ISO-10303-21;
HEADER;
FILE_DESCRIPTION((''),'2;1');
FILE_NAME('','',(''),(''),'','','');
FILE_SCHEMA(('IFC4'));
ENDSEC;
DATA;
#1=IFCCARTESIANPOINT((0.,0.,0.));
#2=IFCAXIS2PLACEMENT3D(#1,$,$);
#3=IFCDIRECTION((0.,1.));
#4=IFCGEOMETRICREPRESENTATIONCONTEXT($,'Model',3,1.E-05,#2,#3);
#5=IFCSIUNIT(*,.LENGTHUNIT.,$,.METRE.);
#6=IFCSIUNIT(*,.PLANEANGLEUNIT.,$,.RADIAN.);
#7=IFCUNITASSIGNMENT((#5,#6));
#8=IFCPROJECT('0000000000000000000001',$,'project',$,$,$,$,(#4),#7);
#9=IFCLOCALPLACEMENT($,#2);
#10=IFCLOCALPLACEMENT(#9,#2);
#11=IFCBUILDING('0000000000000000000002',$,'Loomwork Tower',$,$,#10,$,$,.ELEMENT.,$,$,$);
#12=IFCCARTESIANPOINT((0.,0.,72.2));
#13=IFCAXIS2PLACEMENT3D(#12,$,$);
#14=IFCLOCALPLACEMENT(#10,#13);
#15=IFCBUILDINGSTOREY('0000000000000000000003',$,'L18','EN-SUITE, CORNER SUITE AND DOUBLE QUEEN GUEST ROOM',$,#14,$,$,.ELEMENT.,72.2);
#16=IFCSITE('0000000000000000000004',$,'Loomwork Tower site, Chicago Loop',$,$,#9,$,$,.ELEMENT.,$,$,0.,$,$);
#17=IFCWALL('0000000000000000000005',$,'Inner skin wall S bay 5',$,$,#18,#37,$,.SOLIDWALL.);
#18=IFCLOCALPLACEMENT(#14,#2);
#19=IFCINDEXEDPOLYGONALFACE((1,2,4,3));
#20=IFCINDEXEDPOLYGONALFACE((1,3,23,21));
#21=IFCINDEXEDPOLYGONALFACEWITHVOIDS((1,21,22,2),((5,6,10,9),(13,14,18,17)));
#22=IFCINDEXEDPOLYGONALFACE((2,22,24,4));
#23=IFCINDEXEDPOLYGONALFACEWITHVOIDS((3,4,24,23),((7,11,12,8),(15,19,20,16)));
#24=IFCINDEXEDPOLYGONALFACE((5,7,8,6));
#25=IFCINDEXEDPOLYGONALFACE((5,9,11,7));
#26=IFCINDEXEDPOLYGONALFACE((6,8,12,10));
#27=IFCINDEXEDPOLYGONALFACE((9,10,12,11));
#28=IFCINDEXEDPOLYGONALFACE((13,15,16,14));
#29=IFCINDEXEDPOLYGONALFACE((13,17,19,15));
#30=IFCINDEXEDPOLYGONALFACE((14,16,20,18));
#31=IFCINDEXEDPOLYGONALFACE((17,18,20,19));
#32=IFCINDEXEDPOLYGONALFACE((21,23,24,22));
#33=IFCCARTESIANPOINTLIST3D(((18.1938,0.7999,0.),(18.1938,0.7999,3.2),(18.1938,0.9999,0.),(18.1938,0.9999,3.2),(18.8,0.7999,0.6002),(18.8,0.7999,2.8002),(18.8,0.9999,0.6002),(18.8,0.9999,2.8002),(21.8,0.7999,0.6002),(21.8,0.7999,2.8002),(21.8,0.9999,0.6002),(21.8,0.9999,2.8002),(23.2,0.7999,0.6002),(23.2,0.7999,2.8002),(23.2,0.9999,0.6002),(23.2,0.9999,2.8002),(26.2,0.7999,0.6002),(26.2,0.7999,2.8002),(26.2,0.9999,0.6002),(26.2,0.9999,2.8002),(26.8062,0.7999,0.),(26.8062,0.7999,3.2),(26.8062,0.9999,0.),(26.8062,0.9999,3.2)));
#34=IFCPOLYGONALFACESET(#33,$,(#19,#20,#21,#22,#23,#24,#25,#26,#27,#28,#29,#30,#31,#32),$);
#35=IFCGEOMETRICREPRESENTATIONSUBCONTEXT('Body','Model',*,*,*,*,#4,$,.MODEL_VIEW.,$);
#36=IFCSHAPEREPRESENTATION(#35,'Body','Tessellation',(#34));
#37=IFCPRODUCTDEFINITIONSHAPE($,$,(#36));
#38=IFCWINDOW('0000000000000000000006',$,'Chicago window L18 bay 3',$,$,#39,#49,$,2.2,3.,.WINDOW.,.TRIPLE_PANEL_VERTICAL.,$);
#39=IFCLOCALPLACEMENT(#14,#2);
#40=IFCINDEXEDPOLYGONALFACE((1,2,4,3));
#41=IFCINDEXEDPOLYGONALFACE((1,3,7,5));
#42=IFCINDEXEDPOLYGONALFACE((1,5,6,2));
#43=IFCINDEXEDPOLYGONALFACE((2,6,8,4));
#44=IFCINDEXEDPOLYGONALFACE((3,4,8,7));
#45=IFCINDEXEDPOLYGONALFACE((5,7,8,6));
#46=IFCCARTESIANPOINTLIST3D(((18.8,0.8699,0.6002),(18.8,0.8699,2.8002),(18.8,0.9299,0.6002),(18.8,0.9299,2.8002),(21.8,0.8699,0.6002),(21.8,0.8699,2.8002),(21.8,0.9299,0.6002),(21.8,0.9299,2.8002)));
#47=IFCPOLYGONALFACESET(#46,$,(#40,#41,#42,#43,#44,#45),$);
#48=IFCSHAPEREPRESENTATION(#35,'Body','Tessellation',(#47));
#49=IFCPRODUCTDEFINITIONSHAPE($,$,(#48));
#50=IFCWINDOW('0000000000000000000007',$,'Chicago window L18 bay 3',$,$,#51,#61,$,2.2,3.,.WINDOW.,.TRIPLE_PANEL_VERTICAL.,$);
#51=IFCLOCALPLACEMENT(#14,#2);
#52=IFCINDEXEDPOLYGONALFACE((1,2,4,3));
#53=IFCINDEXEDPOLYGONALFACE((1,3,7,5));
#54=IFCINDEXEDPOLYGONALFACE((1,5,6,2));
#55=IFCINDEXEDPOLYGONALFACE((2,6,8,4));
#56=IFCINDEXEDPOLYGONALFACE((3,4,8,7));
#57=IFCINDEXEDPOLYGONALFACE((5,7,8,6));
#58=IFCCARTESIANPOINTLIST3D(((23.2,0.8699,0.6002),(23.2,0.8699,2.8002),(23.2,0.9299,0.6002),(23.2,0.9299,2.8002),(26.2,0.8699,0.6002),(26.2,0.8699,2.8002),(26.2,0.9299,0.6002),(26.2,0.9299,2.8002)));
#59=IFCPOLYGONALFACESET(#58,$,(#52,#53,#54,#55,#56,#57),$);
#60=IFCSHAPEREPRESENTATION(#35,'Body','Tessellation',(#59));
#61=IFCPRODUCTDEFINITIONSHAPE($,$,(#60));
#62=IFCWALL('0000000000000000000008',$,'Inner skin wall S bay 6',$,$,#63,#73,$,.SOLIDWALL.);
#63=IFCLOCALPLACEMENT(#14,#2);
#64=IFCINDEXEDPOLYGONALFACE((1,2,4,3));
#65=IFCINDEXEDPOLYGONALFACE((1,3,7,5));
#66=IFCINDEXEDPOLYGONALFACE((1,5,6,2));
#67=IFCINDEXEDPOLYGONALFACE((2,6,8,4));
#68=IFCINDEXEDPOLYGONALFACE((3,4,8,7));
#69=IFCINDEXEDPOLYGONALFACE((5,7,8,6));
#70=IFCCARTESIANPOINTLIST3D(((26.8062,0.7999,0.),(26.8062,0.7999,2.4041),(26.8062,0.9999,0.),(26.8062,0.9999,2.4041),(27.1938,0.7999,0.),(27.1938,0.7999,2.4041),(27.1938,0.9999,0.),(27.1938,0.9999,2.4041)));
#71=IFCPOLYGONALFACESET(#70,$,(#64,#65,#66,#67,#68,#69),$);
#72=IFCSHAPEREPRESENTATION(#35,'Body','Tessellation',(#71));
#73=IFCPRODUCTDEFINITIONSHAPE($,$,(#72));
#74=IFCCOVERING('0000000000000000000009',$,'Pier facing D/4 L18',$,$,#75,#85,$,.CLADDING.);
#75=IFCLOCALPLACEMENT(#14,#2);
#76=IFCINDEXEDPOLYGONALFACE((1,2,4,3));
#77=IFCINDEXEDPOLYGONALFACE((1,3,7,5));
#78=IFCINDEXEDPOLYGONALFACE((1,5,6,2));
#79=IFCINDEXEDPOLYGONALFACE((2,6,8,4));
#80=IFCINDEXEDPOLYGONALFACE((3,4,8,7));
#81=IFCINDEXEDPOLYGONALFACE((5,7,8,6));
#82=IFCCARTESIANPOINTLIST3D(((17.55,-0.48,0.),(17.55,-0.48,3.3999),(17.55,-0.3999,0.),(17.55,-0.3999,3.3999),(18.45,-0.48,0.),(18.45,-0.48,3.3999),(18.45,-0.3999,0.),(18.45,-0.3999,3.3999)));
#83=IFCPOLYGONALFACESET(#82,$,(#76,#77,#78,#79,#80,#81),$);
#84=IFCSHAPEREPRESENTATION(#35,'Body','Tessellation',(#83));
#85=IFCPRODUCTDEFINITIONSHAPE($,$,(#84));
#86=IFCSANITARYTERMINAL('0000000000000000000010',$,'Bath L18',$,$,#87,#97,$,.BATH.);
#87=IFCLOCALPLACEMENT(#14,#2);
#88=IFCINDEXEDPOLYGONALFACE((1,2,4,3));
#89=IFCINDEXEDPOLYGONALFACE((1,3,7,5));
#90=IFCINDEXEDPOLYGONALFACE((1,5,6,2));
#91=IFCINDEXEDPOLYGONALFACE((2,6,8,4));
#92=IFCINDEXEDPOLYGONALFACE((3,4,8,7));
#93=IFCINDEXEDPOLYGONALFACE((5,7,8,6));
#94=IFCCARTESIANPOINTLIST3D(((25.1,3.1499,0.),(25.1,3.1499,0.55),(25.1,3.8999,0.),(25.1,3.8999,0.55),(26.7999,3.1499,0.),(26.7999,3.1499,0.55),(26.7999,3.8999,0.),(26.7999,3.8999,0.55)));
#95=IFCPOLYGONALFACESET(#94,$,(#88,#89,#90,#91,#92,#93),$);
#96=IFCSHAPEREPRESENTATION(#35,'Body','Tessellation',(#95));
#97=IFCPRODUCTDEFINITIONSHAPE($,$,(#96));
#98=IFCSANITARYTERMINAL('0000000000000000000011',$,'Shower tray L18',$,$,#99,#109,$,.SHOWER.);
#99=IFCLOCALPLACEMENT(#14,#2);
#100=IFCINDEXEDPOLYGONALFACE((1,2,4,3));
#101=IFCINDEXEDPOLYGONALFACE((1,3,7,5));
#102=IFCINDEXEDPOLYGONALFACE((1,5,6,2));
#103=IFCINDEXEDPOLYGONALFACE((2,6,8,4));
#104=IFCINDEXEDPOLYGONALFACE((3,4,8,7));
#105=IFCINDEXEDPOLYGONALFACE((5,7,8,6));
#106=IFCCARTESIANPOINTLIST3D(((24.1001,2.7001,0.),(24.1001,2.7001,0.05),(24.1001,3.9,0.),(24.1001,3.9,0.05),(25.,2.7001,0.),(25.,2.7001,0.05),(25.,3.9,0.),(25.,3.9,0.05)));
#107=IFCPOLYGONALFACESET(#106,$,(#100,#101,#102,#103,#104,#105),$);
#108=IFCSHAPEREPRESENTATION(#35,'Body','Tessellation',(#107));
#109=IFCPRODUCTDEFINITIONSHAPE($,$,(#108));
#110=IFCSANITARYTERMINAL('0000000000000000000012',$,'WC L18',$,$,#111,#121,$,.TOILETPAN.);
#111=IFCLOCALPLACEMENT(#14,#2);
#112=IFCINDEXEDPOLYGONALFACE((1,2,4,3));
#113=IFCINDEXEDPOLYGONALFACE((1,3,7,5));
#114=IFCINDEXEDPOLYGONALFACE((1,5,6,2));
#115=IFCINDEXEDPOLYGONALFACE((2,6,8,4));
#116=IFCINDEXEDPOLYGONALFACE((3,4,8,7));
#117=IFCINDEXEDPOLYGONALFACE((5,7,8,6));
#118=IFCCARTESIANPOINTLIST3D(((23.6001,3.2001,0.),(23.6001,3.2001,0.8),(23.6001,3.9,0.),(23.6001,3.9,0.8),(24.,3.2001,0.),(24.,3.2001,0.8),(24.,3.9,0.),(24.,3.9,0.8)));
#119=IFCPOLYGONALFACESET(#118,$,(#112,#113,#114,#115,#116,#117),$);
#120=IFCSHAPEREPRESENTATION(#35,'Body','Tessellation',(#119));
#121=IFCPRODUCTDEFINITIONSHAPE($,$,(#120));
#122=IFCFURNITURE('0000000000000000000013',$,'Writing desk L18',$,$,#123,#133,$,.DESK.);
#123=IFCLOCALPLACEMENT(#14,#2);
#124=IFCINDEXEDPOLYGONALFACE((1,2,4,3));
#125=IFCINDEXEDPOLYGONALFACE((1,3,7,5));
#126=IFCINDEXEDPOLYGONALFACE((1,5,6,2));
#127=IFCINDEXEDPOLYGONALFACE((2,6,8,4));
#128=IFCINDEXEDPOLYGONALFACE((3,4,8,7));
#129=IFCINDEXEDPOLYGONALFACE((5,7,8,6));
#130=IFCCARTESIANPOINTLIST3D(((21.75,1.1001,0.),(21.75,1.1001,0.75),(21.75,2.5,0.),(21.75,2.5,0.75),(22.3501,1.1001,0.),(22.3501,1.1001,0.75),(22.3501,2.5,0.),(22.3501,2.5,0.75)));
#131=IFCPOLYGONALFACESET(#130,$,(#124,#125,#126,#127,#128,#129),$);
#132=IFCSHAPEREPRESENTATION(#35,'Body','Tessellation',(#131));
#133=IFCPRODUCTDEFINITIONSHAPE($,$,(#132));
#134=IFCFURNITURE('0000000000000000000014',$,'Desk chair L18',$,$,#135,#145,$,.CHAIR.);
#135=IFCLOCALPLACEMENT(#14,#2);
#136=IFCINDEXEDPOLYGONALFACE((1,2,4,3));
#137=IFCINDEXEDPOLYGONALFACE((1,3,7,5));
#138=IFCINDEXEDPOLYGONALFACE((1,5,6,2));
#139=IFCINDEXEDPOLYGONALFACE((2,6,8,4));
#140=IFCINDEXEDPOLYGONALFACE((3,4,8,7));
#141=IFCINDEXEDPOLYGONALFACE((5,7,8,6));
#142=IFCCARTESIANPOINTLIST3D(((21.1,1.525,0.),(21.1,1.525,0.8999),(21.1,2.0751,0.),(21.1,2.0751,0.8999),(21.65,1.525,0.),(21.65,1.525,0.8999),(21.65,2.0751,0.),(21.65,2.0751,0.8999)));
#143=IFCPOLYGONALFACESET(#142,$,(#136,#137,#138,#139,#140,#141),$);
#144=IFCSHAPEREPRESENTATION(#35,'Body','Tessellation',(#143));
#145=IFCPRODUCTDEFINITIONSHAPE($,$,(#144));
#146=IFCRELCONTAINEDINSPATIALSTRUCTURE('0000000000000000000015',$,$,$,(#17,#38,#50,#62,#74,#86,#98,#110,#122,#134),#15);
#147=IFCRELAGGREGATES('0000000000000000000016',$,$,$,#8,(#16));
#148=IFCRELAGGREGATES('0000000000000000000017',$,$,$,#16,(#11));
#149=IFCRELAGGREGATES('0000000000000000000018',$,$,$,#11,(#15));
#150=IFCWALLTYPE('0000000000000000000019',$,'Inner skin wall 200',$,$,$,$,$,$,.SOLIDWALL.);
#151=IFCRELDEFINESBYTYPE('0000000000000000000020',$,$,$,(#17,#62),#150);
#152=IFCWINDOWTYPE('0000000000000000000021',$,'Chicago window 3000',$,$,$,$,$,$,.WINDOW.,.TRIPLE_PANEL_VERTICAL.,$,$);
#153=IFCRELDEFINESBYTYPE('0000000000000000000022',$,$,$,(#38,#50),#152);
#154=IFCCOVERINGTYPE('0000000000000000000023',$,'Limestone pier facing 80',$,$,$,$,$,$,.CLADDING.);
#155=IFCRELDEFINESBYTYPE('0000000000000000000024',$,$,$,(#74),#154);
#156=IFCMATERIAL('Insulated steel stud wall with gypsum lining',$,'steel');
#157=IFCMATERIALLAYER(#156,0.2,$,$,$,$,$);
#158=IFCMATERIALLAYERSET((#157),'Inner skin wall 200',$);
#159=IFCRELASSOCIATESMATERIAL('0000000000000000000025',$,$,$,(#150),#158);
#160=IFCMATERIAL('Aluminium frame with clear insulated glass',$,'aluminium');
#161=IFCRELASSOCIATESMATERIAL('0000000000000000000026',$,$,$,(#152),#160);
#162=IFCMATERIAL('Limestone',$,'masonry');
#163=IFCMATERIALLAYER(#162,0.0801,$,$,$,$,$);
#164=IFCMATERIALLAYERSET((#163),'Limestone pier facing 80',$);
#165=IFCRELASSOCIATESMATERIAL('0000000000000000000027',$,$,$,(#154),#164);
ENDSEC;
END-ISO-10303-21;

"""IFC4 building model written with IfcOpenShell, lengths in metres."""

from ifc_helpers import new_model, si_unit, direction, frame, frame_2d, origin, origin_2d, place, context, subcontext, project, spatial, rectangle, extrude, material, layer, layer_set, type_object, element, fill, save


model = new_model("IFC4")

# Units and contexts
model_context = context("Model", 3, precision=1e-05, world=origin(), true_north=direction((0.0, 1.0)))
body_context = subcontext(model_context, "Body", "Model", "MODEL_VIEW")
ifc_project = project(units=[si_unit("LENGTHUNIT", "METRE"), si_unit("PLANEANGLEUNIT", "RADIAN")], contexts=[model_context])

# Site, building, storey
site_placement = place(None, origin())
site = spatial("IfcSite", under=ifc_project, at=site_placement, Name="Loomwork Tower site, Chicago Loop", CompositionType="ELEMENT", RefElevation=0.0)
building_placement = place(site_placement, origin())
building = spatial("IfcBuilding", under=site, at=building_placement, Name="Loomwork Tower", CompositionType="ELEMENT")
storey_placement = place(building_placement, frame((0.0, 0.0, 72.2)))
storey = spatial("IfcBuildingStorey", under=building, at=storey_placement, Name="L18", Description="EN-SUITE, CORNER SUITE AND DOUBLE QUEEN GUEST ROOM", CompositionType="ELEMENT", Elevation=72.2)

# Shared definitions
ifc_material_1 = material(Name="Insulated steel stud wall with gypsum lining", Category="steel")
ifc_layer_1 = layer(ifc_material_1, 0.2)
ifc_layer_set_1 = layer_set([ifc_layer_1], Name="Inner skin wall 200")
wall_type = type_object("IfcWallType", Name="Inner skin wall 200", PredefinedType="SOLIDWALL", material=ifc_layer_set_1)

# Wall, openings, windows
wall_1_placement = place(storey_placement, frame((18.1938, 0.8999, 0.0), z_axis=(0.0, 0.0, 1.0), x_axis=(1.0, 0.0, 0.0)))
wall_1 = element("IfcWall", 1, at=wall_1_placement, inside=storey, type_object=wall_type, Name="Inner skin wall S bay 5", PredefinedType="SOLIDWALL", context=body_context, shape_type="SweptSolid", body=[
    extrude(rectangle(XDim=8.6123, YDim=0.2, at=frame_2d((4.3062, 0.0))), origin(), (0.0, 0.0, 1.0), 3.2),
])
opening_1_placement = place(wall_1_placement, frame((0.6062, 0.0, 0.6001)))
opening_1 = element("IfcOpeningElement", 2, at=opening_1_placement, cuts=wall_1, PredefinedType="OPENING", context=body_context, shape_type="SweptSolid", body=[
    extrude(rectangle(XDim=3.0, YDim=2.2, at=frame_2d((1.5, 1.1001))), frame((0.0, 0.1099, 0.0), z_axis=(0.0, -1.0, 0.0), x_axis=(1.0, 0.0, 0.0)), (0.0, 0.0, 1.0), 0.22),
])
opening_2_placement = place(wall_1_placement, frame((5.0061, 0.0, 0.6001)))
opening_2 = element("IfcOpeningElement", 3, at=opening_2_placement, cuts=wall_1, PredefinedType="OPENING", context=body_context, shape_type="SweptSolid", body=[
    extrude(rectangle(XDim=3.0, YDim=2.2, at=frame_2d((1.5, 1.1001))), frame((0.0, 0.1099, 0.0), z_axis=(0.0, -1.0, 0.0), x_axis=(1.0, 0.0, 0.0)), (0.0, 0.0, 1.0), 0.22),
])
ifc_material_2 = material(Name="Aluminium frame with clear insulated glass", Category="aluminium")
window_type = type_object("IfcWindowType", Name="Chicago window 3000", PartitioningType="TRIPLE_PANEL_VERTICAL", PredefinedType="WINDOW", material=ifc_material_2)
window_1_placement = place(opening_1_placement, origin())
window_1 = element("IfcWindow", 4, at=window_1_placement, inside=storey, type_object=window_type, Name="Chicago window L18 bay 3", OverallHeight=2.2, OverallWidth=3.0, PartitioningType="TRIPLE_PANEL_VERTICAL", PredefinedType="WINDOW", context=body_context, shape_type="SweptSolid", body=[
    extrude(rectangle(XDim=3.0, YDim=2.2, at=frame_2d((1.5, 1.1001))), frame((0.0, 0.03, 0.0), z_axis=(0.0, -1.0, 0.0), x_axis=(1.0, 0.0, 0.0)), (0.0, 0.0, 1.0), 0.0601),
])
fill(opening_1, window_1)
window_2_placement = place(opening_2_placement, origin())
window_2 = element("IfcWindow", 5, at=window_2_placement, inside=storey, type_object=window_type, Name="Chicago window L18 bay 3", OverallHeight=2.2, OverallWidth=3.0, PartitioningType="TRIPLE_PANEL_VERTICAL", PredefinedType="WINDOW", context=body_context, shape_type="SweptSolid", body=[
    extrude(rectangle(XDim=3.0, YDim=2.2, at=frame_2d((1.5, 1.1001))), frame((0.0, 0.03, 0.0), z_axis=(0.0, -1.0, 0.0), x_axis=(1.0, 0.0, 0.0)), (0.0, 0.0, 1.0), 0.0601),
])
fill(opening_2, window_2)

# Wall
wall_2_placement = place(storey_placement, frame((26.8062, 0.8999, 0.0), z_axis=(0.0, 0.0, 1.0), x_axis=(1.0, 0.0, 0.0)))
element("IfcWall", 6, at=wall_2_placement, inside=storey, type_object=wall_type, Name="Inner skin wall S bay 6", PredefinedType="SOLIDWALL", context=body_context, shape_type="SweptSolid", body=[
    extrude(rectangle(XDim=0.3877, YDim=0.2, at=frame_2d((0.1938, 0.0))), origin(), (0.0, 0.0, 1.0), 2.4041),
])

# Covering
ifc_material_3 = material(Name="Limestone", Category="masonry")
ifc_layer_2 = layer(ifc_material_3, 0.0801)
ifc_layer_set_2 = layer_set([ifc_layer_2], Name="Limestone pier facing 80")
covering_type = type_object("IfcCoveringType", Name="Limestone pier facing 80", PredefinedType="CLADDING", material=ifc_layer_set_2)
covering_placement = place(storey_placement, frame((18.0, -0.4399, 0.0), z_axis=(0.0, 0.0, 1.0), x_axis=(1.0, 0.0, 0.0)))
element("IfcCovering", 7, at=covering_placement, inside=storey, type_object=covering_type, Name="Pier facing D/4 L18", PredefinedType="CLADDING", context=body_context, shape_type="SweptSolid", body=[
    extrude(rectangle(XDim=0.8999, YDim=0.0801, at=origin_2d()), origin(), (0.0, 0.0, 1.0), 3.3999),
])

# Sanitary terminals
sanitary_terminal_1_placement = place(storey_placement, frame((25.95, 3.5249, 0.0), z_axis=(0.0, 0.0, 1.0), x_axis=(1.0, 0.0, 0.0)))
element("IfcSanitaryTerminal", 8, at=sanitary_terminal_1_placement, inside=storey, Name="Bath L18", PredefinedType="BATH", context=body_context, shape_type="SweptSolid", body=[
    extrude(rectangle(XDim=1.7, YDim=0.75, at=origin_2d()), origin(), (0.0, 0.0, 1.0), 0.55),
])
sanitary_terminal_2_placement = place(storey_placement, frame((24.55, 3.3, 0.0), z_axis=(0.0, 0.0, 1.0), x_axis=(1.0, 0.0, 0.0)))
element("IfcSanitaryTerminal", 9, at=sanitary_terminal_2_placement, inside=storey, Name="Shower tray L18", PredefinedType="SHOWER", context=body_context, shape_type="SweptSolid", body=[
    extrude(rectangle(XDim=0.8999, YDim=1.2, at=origin_2d()), origin(), (0.0, 0.0, 1.0), 0.05),
])
sanitary_terminal_3_placement = place(storey_placement, frame((23.8, 3.55, 0.0), z_axis=(0.0, 0.0, 1.0), x_axis=(1.0, 0.0, 0.0)))
element("IfcSanitaryTerminal", 10, at=sanitary_terminal_3_placement, inside=storey, Name="WC L18", PredefinedType="TOILETPAN", context=body_context, shape_type="SweptSolid", body=[
    extrude(rectangle(XDim=0.3999, YDim=0.7, at=origin_2d()), origin(), (0.0, 0.0, 1.0), 0.8),
])

# Furniture
furniture_1_placement = place(storey_placement, frame((22.05, 1.8, 0.0), z_axis=(0.0, 0.0, 1.0), x_axis=(1.0, 0.0, 0.0)))
element("IfcFurniture", 11, at=furniture_1_placement, inside=storey, Name="Writing desk L18", PredefinedType="DESK", context=body_context, shape_type="SweptSolid", body=[
    extrude(rectangle(XDim=0.6001, YDim=1.3999, at=origin_2d()), origin(), (0.0, 0.0, 1.0), 0.75),
])
furniture_2_placement = place(storey_placement, frame((21.375, 1.8, 0.0), z_axis=(0.0, 0.0, 1.0), x_axis=(1.0, 0.0, 0.0)))
element("IfcFurniture", 12, at=furniture_2_placement, inside=storey, Name="Desk chair L18", PredefinedType="CHAIR", context=body_context, shape_type="SweptSolid", body=[
    extrude(rectangle(XDim=0.55, YDim=0.55, at=origin_2d()), origin(), (0.0, 0.0, 1.0), 0.8999),
])

save(model, "model.ifc")
